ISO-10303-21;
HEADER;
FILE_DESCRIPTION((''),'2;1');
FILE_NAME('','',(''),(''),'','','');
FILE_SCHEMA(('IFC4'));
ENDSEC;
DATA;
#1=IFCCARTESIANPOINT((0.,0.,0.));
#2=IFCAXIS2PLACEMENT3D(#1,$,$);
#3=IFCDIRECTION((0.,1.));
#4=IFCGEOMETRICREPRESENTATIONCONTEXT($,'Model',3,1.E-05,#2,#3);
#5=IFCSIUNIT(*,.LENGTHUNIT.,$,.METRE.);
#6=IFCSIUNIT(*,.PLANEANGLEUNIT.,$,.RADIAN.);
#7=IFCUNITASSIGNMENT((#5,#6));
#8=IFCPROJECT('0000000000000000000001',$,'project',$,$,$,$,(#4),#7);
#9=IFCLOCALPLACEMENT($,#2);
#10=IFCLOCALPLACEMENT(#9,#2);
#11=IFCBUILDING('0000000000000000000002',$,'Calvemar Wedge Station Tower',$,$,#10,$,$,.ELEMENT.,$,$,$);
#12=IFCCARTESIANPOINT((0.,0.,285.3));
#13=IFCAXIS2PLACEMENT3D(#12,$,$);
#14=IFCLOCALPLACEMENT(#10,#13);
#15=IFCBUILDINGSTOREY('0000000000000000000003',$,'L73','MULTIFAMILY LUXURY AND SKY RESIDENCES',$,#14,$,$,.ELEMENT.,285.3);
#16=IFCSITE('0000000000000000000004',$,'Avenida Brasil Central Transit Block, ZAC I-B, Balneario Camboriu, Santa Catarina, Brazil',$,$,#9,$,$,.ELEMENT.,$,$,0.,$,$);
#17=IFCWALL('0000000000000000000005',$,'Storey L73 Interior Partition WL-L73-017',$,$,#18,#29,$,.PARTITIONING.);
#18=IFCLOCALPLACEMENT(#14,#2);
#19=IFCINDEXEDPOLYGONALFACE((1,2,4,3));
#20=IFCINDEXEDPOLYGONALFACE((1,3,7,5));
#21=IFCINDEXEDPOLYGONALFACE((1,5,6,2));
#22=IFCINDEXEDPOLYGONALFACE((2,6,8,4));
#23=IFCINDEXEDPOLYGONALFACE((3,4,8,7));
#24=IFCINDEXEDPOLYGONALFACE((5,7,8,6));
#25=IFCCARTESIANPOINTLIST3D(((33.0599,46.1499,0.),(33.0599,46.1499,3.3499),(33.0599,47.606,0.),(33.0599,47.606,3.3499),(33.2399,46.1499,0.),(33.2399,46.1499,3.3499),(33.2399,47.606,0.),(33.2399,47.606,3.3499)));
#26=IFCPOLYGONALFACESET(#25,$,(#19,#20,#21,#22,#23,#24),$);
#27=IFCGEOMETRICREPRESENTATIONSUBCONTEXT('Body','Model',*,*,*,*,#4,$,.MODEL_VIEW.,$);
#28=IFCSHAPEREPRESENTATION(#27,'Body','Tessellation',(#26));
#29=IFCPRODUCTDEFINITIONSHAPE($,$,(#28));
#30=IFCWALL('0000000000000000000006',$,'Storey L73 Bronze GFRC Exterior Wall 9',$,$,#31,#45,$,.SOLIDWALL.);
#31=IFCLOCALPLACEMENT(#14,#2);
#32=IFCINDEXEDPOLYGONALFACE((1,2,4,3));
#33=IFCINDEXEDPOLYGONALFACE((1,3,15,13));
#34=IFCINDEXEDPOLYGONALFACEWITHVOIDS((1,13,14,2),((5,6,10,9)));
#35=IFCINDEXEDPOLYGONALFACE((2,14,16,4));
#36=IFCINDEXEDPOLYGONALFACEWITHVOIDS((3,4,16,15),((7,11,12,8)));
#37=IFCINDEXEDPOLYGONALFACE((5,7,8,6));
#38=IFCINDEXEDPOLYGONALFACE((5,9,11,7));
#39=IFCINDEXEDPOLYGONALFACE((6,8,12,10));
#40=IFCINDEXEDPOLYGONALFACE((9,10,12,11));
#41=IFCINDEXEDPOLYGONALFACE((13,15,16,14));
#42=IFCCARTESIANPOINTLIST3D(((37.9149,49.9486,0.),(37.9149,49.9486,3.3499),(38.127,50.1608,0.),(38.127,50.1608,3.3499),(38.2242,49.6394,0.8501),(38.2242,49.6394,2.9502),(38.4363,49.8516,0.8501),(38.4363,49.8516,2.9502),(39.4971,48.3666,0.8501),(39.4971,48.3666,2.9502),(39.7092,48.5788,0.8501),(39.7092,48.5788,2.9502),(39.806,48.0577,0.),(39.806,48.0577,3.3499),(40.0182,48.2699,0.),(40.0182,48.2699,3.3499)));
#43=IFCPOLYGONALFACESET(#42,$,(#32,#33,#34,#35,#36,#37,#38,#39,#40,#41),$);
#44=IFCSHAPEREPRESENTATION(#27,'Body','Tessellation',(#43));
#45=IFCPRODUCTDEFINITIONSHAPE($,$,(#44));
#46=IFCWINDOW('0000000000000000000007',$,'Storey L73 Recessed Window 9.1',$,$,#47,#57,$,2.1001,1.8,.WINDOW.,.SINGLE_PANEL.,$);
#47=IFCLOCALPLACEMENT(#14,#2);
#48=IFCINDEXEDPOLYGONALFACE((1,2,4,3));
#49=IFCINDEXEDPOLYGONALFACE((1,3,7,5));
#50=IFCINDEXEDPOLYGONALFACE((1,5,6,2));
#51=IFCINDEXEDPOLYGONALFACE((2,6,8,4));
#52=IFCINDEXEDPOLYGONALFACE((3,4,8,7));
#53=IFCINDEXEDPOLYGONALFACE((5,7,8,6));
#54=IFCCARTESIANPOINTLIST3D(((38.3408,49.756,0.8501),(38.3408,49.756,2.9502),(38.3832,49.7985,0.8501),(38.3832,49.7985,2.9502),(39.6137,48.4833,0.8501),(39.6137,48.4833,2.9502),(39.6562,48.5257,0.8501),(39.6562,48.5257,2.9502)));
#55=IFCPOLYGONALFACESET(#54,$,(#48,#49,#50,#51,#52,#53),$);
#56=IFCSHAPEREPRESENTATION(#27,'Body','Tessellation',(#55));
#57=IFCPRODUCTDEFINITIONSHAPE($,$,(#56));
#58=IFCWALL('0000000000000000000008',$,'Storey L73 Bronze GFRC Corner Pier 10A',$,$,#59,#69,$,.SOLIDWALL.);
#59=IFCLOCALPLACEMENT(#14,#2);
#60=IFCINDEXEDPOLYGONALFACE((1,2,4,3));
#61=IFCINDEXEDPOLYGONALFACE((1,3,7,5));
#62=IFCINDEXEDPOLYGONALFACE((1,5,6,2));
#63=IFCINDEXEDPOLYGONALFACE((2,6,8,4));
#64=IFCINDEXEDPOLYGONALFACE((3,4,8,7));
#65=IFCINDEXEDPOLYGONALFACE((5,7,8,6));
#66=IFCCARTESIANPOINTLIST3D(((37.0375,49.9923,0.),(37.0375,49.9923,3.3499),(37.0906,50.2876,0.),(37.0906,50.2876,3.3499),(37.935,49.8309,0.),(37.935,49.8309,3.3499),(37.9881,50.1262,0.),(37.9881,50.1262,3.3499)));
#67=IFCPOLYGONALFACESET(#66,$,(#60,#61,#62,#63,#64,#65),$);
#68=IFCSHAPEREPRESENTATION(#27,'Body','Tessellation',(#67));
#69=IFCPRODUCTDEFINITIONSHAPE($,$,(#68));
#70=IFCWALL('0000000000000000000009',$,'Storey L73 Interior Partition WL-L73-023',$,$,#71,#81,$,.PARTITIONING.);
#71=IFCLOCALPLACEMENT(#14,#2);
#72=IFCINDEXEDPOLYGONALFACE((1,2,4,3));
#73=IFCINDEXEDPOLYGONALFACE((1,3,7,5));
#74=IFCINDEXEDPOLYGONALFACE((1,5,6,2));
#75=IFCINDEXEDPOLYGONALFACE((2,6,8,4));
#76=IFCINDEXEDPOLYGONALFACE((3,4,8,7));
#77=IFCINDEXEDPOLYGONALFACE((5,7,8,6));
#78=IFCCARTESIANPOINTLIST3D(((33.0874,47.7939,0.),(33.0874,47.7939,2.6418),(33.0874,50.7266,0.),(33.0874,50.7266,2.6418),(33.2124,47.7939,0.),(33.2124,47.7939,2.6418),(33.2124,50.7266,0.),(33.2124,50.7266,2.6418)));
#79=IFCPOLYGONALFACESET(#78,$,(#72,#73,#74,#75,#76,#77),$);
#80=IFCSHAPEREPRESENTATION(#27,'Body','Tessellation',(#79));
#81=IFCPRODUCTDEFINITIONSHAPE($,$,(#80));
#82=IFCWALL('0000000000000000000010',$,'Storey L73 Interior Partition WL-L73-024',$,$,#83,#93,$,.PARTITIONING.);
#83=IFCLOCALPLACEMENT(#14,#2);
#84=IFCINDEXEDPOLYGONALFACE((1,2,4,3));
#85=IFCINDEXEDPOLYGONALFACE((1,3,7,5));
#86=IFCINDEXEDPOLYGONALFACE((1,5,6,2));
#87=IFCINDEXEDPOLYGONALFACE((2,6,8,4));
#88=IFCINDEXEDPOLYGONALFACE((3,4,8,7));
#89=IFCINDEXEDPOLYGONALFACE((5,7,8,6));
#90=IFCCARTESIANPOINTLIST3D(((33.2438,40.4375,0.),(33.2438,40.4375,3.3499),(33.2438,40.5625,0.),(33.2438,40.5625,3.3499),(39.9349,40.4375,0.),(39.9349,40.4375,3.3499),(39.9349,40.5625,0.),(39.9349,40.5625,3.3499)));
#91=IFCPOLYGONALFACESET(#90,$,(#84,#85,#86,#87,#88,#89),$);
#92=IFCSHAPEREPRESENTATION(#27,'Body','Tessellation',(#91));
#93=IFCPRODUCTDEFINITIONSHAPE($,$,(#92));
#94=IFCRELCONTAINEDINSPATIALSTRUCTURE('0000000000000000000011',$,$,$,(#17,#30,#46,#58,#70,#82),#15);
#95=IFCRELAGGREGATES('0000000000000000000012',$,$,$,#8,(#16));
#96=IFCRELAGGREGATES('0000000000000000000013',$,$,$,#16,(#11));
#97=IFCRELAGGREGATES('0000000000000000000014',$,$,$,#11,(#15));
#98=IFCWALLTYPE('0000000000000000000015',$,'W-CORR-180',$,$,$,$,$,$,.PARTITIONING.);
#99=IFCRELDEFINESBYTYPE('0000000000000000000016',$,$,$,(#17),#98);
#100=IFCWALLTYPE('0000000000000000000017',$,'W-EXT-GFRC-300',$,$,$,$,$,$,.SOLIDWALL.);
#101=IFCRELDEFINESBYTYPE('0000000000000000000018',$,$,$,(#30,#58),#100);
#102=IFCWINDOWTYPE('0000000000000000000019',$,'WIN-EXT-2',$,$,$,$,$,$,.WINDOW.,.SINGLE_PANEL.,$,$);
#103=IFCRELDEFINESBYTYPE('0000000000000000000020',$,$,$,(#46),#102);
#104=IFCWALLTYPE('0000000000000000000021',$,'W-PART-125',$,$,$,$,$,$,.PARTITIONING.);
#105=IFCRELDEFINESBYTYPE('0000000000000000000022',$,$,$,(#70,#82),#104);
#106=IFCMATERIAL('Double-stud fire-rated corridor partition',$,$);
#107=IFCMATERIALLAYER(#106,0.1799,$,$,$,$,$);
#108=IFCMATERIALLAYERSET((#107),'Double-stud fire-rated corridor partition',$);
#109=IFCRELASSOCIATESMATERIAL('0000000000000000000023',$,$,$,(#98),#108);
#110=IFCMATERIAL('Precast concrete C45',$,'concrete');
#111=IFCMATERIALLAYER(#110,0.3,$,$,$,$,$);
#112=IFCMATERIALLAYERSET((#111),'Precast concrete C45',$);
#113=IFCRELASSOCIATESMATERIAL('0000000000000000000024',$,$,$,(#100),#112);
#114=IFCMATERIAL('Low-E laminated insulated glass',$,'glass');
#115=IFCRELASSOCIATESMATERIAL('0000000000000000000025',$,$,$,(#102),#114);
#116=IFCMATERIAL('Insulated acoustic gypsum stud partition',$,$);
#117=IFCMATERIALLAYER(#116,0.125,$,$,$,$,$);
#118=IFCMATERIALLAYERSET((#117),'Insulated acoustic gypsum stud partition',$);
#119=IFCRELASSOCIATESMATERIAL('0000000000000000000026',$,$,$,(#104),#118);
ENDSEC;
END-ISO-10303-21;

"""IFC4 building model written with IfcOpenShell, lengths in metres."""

from ifc_helpers import new_model, si_unit, direction, frame, frame_2d, origin, place, context, subcontext, project, spatial, rectangle, extrude, source, transform, mapped, material, layer, layer_set, type_object, element, fill, save


model = new_model("IFC4")

# Units and contexts
model_context = context("Model", 3, precision=1e-05, world=origin(), true_north=direction((0.0, 1.0)))
body_context = subcontext(model_context, "Body", "Model", "MODEL_VIEW")
ifc_project = project(units=[si_unit("LENGTHUNIT", "METRE"), si_unit("PLANEANGLEUNIT", "RADIAN")], contexts=[model_context])

# Site, building, storey
site_placement = place(None, origin())
site = spatial("IfcSite", under=ifc_project, at=site_placement, Name="Avenida Brasil Central Transit Block, ZAC I-B, Balneario Camboriu, Santa Catarina, Brazil", CompositionType="ELEMENT", RefElevation=0.0)
building_placement = place(site_placement, origin())
building = spatial("IfcBuilding", under=site, at=building_placement, Name="Calvemar Wedge Station Tower", CompositionType="ELEMENT")
storey_placement = place(building_placement, frame((0.0, 0.0, 285.3)))
storey = spatial("IfcBuildingStorey", under=building, at=storey_placement, Name="L73", Description="MULTIFAMILY LUXURY AND SKY RESIDENCES", CompositionType="ELEMENT", Elevation=285.3)

# Shared definitions
ifc_material_1 = material(Name="Low-E laminated insulated glass", Category="glass")

# Wall
ifc_material_2 = material(Name="Double-stud fire-rated corridor partition")
ifc_layer_1 = layer(ifc_material_2, 0.1799)
ifc_layer_set_1 = layer_set([ifc_layer_1], Name="Double-stud fire-rated corridor partition")
wall_type_1 = type_object("IfcWallType", Name="W-CORR-180", PredefinedType="PARTITIONING", material=ifc_layer_set_1)
wall_1_placement = place(storey_placement, frame((33.1499, 47.606, 0.0), z_axis=(0.0, 0.0, 1.0), x_axis=(0.0, -1.0, 0.0)))
element("IfcWall", 1, at=wall_1_placement, inside=storey, type_object=wall_type_1, Name="Storey L73 Interior Partition WL-L73-017", PredefinedType="PARTITIONING", context=body_context, shape_type="SweptSolid", body=[
    extrude(rectangle(XDim=1.4561, YDim=0.1799, at=frame_2d((0.728, 0.0))), origin(), (0.0, 0.0, 1.0), 3.3499),
])

# Wall, opening, window
ifc_material_3 = material(Name="Precast concrete C45", Category="concrete")
ifc_layer_2 = layer(ifc_material_3, 0.3)
ifc_layer_set_2 = layer_set([ifc_layer_2], Name="Precast concrete C45")
wall_type_2 = type_object("IfcWallType", Name="W-EXT-GFRC-300", PredefinedType="SOLIDWALL", material=ifc_layer_set_2)
wall_2_placement = place(storey_placement, frame((39.9121, 48.1638, 0.0), z_axis=(0.0, 0.0, 1.0), x_axis=(-0.707152, 0.707061, 0.0)))
wall_2 = element("IfcWall", 2, at=wall_2_placement, inside=storey, type_object=wall_type_2, Name="Storey L73 Bronze GFRC Exterior Wall 9", PredefinedType="SOLIDWALL", context=body_context, shape_type="SweptSolid", body=[
    extrude(rectangle(XDim=2.6743, YDim=0.3, at=frame_2d((1.3372, 0.0))), origin(), (0.0, 0.0, 1.0), 3.3499),
])
shared_shape_1 = source(origin(), body_context, "Body", "SweptSolid", [
    extrude(rectangle(XDim=1.8, YDim=2.1001, at=frame_2d((0.8999, 1.05))), frame((0.0, 0.1602, 0.0), z_axis=(0.0, -1.0, 0.0), x_axis=(1.0, 0.0, 0.0)), (0.0, 0.0, 1.0), 0.3201),
])
opening_1_placement = place(wall_2_placement, frame((0.437, 0.0, 0.8501)))
opening_1 = element("IfcOpeningElement", 3, at=opening_1_placement, cuts=wall_2, PredefinedType="OPENING", context=body_context, shape_type="MappedRepresentation", body=[
    mapped(shared_shape_1, transform((0.0, 0.0, 0.0), scale=1.0)),
])
window_type = type_object("IfcWindowType", Name="WIN-EXT-2", PartitioningType="SINGLE_PANEL", PredefinedType="WINDOW", material=ifc_material_1)
shared_shape_2 = source(origin(), body_context, "Body", "SweptSolid", [
    extrude(rectangle(XDim=1.8, YDim=2.1001, at=frame_2d((0.8999, 1.05))), frame((0.0, -0.0149, 0.0), z_axis=(0.0, -1.0, 0.0), x_axis=(1.0, 0.0, 0.0)), (0.0, 0.0, 1.0), 0.0601),
])
window_placement = place(opening_1_placement, origin())
window = element("IfcWindow", 4, at=window_placement, inside=storey, type_object=window_type, Name="Storey L73 Recessed Window 9.1", OverallHeight=2.1001, OverallWidth=1.8, PartitioningType="SINGLE_PANEL", PredefinedType="WINDOW", context=body_context, shape_type="MappedRepresentation", body=[
    mapped(shared_shape_2, transform((0.0, 0.0, 0.0), scale=1.0)),
])
fill(opening_1, window)

# Walls
wall_3_placement = place(storey_placement, frame((37.9617, 49.9785, 0.0), z_axis=(0.0, 0.0, 1.0), x_axis=(-0.984215, 0.176977, 0.0)))
element("IfcWall", 5, at=wall_3_placement, inside=storey, type_object=wall_type_2, Name="Storey L73 Bronze GFRC Corner Pier 10A", PredefinedType="SOLIDWALL", context=body_context, shape_type="SweptSolid", body=[
    extrude(rectangle(XDim=0.9119, YDim=0.3, at=frame_2d((0.4561, 0.0))), origin(), (0.0, 0.0, 1.0), 3.3499),
])
ifc_material_4 = material(Name="Insulated acoustic gypsum stud partition")
ifc_layer_3 = layer(ifc_material_4, 0.125)
ifc_layer_set_3 = layer_set([ifc_layer_3], Name="Insulated acoustic gypsum stud partition")
wall_type_3 = type_object("IfcWallType", Name="W-PART-125", PredefinedType="PARTITIONING", material=ifc_layer_set_3)
wall_4_placement = place(storey_placement, frame((33.1499, 50.7266, 0.0), z_axis=(0.0, 0.0, 1.0), x_axis=(0.0, -1.0, 0.0)))
element("IfcWall", 6, at=wall_4_placement, inside=storey, type_object=wall_type_3, Name="Storey L73 Interior Partition WL-L73-023", PredefinedType="PARTITIONING", context=body_context, shape_type="SweptSolid", body=[
    extrude(rectangle(XDim=2.9326, YDim=0.125, at=frame_2d((1.4663, 0.0))), origin(), (0.0, 0.0, 1.0), 2.6418),
])
wall_5_placement = place(storey_placement, frame((39.9351, 40.5, 0.0), z_axis=(0.0, 0.0, 1.0), x_axis=(-1.0, 0.0, 0.0)))
element("IfcWall", 7, at=wall_5_placement, inside=storey, type_object=wall_type_3, Name="Storey L73 Interior Partition WL-L73-024", PredefinedType="PARTITIONING", context=body_context, shape_type="SweptSolid", body=[
    extrude(rectangle(XDim=6.6912, YDim=0.125, at=frame_2d((3.3457, 0.0))), origin(), (0.0, 0.0, 1.0), 3.3499),
])

save(model, "model.ifc")
